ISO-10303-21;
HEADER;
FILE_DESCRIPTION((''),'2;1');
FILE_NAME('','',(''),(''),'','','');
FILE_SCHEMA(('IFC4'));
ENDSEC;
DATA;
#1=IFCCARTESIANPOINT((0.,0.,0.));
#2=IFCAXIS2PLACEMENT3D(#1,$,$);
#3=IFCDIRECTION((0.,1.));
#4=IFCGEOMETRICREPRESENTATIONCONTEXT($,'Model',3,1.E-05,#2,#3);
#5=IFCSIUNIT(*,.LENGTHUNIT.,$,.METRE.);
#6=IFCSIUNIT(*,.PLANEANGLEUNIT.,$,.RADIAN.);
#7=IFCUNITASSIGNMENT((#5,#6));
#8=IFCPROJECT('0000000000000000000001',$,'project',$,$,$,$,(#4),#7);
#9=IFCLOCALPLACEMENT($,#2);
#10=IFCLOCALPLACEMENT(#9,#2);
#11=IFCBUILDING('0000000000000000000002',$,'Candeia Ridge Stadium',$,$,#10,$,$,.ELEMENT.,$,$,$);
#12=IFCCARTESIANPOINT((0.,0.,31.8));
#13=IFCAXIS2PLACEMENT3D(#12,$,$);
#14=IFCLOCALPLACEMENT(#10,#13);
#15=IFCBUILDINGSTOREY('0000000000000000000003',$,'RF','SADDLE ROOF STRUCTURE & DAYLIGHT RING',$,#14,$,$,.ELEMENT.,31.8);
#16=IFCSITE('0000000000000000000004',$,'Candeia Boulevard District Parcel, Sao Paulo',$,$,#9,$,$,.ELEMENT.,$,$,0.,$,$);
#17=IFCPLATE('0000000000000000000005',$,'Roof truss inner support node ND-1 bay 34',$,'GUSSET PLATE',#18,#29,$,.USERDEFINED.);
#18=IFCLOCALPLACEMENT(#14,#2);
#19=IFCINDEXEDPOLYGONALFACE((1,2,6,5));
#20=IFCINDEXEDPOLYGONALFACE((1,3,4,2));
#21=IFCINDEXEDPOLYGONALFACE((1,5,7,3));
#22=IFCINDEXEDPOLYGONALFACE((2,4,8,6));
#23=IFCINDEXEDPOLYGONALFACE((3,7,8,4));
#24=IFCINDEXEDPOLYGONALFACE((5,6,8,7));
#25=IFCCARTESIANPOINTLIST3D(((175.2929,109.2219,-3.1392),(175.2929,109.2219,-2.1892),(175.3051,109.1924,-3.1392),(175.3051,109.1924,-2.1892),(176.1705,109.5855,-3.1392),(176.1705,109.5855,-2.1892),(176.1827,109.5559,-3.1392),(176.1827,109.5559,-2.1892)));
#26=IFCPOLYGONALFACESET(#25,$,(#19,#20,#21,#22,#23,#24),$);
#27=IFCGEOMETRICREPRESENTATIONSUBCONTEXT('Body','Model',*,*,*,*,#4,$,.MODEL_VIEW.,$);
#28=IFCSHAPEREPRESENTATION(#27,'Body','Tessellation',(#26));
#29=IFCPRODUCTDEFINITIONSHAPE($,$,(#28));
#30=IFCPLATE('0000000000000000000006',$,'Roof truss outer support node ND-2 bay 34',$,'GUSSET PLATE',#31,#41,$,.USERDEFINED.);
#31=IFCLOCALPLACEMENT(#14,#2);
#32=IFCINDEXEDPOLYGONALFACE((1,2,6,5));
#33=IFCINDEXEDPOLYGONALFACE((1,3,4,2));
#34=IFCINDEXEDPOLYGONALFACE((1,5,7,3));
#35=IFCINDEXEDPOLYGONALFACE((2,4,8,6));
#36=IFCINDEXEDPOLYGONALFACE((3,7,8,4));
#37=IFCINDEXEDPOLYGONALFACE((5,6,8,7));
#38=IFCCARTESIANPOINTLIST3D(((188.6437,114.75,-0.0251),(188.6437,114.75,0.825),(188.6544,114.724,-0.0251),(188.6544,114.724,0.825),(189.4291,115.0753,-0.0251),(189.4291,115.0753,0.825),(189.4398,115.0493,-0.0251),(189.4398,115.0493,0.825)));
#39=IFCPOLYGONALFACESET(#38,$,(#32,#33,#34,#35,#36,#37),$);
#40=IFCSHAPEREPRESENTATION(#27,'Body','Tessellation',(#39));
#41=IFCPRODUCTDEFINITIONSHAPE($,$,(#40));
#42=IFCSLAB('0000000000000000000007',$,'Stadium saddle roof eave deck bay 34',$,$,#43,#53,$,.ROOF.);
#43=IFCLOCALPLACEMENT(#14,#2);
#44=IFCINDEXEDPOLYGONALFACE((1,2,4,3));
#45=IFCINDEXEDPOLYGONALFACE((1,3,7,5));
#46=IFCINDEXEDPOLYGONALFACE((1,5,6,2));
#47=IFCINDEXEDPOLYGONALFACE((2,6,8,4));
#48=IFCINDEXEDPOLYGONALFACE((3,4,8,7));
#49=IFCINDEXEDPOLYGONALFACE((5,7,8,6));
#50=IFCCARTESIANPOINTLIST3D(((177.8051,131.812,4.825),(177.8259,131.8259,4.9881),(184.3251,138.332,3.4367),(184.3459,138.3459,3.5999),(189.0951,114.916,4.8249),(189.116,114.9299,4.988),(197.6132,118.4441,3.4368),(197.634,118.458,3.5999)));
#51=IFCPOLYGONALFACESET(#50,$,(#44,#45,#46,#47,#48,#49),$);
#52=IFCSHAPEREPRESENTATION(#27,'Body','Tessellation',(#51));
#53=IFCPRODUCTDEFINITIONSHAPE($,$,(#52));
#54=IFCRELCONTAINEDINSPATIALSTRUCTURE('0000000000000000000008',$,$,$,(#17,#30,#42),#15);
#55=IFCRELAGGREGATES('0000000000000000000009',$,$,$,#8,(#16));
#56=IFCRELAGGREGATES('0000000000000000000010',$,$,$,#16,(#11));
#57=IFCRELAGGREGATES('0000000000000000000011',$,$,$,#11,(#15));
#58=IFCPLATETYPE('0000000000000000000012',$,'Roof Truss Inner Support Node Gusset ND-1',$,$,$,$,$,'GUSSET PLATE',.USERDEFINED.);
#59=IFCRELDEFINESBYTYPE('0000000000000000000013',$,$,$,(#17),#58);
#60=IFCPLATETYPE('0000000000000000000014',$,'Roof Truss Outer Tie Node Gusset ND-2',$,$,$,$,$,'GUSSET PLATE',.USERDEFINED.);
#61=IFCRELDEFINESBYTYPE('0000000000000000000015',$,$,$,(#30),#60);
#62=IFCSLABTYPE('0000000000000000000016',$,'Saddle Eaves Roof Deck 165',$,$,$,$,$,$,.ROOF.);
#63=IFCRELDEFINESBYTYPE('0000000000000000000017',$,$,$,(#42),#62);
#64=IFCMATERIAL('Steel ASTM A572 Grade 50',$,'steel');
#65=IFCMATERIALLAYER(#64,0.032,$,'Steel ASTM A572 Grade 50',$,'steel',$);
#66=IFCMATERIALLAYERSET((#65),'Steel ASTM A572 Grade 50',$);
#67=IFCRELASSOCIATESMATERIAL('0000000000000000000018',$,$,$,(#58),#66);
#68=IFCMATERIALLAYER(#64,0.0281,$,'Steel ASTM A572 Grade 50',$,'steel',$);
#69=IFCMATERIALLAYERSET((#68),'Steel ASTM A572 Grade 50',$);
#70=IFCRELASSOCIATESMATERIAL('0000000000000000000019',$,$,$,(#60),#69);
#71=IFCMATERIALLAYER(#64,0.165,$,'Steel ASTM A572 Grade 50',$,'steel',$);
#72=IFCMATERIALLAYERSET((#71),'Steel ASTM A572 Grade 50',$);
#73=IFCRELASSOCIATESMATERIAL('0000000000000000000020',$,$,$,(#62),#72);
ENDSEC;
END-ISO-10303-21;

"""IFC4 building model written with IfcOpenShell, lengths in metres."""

from ifc_helpers import new_model, si_unit, direction, frame, origin, origin_2d, place, context, subcontext, project, spatial, polyline, rectangle, outline, extrude, material, layer, layer_set, type_object, element, save


model = new_model("IFC4")

# Units and contexts
model_context = context("Model", 3, precision=1e-05, world=origin(), true_north=direction((0.0, 1.0)))
body_context = subcontext(model_context, "Body", "Model", "MODEL_VIEW")
ifc_project = project(units=[si_unit("LENGTHUNIT", "METRE"), si_unit("PLANEANGLEUNIT", "RADIAN")], contexts=[model_context])

# Site, building, storey
site_placement = place(None, origin())
site = spatial("IfcSite", under=ifc_project, at=site_placement, Name="Candeia Boulevard District Parcel, Sao Paulo", CompositionType="ELEMENT", RefElevation=0.0)
building_placement = place(site_placement, origin())
building = spatial("IfcBuilding", under=site, at=building_placement, Name="Candeia Ridge Stadium", CompositionType="ELEMENT")
storey_placement = place(building_placement, frame((0.0, 0.0, 31.8)))
storey = spatial("IfcBuildingStorey", under=building, at=storey_placement, Name="RF", Description="SADDLE ROOF STRUCTURE & DAYLIGHT RING", CompositionType="ELEMENT", Elevation=31.8)

# Shared definitions
ifc_material = material(Name="Steel ASTM A572 Grade 50", Category="steel")

# Plates
ifc_layer_1 = layer(ifc_material, 0.032, Name="Steel ASTM A572 Grade 50", Category="steel")
ifc_layer_set_1 = layer_set([ifc_layer_1], Name="Steel ASTM A572 Grade 50")
plate_type_1 = type_object("IfcPlateType", Name="Roof Truss Inner Support Node Gusset ND-1", ElementType="GUSSET PLATE", PredefinedType="USERDEFINED", material=ifc_layer_set_1)
plate_1_placement = place(storey_placement, frame((175.7378, 109.3889, -3.1392), z_axis=(0.0, 0.0, 1.0), x_axis=(0.92388, 0.382683, 0.0)))
element("IfcPlate", 1, at=plate_1_placement, inside=storey, type_object=plate_type_1, Name="Roof truss inner support node ND-1 bay 34", ObjectType="GUSSET PLATE", PredefinedType="USERDEFINED", context=body_context, shape_type="SweptSolid", body=[
    extrude(rectangle(XDim=0.95, YDim=0.032, at=origin_2d()), origin(), (0.0, 0.0, 1.0), 0.95),
])
ifc_layer_2 = layer(ifc_material, 0.0281, Name="Steel ASTM A572 Grade 50", Category="steel")
ifc_layer_set_2 = layer_set([ifc_layer_2], Name="Steel ASTM A572 Grade 50")
plate_type_2 = type_object("IfcPlateType", Name="Roof Truss Outer Tie Node Gusset ND-2", ElementType="GUSSET PLATE", PredefinedType="USERDEFINED", material=ifc_layer_set_2)
plate_2_placement = place(storey_placement, frame((189.0417, 114.8997, -0.0251), z_axis=(0.0, 0.0, 1.0), x_axis=(0.92388, 0.382683, 0.0)))
element("IfcPlate", 2, at=plate_2_placement, inside=storey, type_object=plate_type_2, Name="Roof truss outer support node ND-2 bay 34", ObjectType="GUSSET PLATE", PredefinedType="USERDEFINED", context=body_context, shape_type="SweptSolid", body=[
    extrude(rectangle(XDim=0.8501, YDim=0.0281, at=origin_2d()), origin(), (0.0, 0.0, 1.0), 0.8501),
])

# Slab
ifc_layer_3 = layer(ifc_material, 0.165, Name="Steel ASTM A572 Grade 50", Category="steel")
ifc_layer_set_3 = layer_set([ifc_layer_3], Name="Steel ASTM A572 Grade 50")
slab_type = type_object("IfcSlabType", Name="Saddle Eaves Roof Deck 165", PredefinedType="ROOF", material=ifc_layer_set_3)
slab_placement = place(storey_placement, frame((189.116, 114.9299, 4.988), z_axis=(0.12616, 0.084297, 0.988422), x_axis=(-0.555587, 0.831459, 0.000003)))
element("IfcSlab", 3, at=slab_placement, inside=storey, type_object=slab_type, Name="Stadium saddle roof eave deck bay 34", PredefinedType="ROOF", context=body_context, shape_type="SweptSolid", body=[
    extrude(outline(polyline([(0.0, 0.0), (20.3209, 0.0), (22.1196, -9.1495), (-1.7991, -9.1485), (0.0, 0.0)])), origin(), (0.0, 0.0, -1.0), 0.165),
])

save(model, "model.ifc")
